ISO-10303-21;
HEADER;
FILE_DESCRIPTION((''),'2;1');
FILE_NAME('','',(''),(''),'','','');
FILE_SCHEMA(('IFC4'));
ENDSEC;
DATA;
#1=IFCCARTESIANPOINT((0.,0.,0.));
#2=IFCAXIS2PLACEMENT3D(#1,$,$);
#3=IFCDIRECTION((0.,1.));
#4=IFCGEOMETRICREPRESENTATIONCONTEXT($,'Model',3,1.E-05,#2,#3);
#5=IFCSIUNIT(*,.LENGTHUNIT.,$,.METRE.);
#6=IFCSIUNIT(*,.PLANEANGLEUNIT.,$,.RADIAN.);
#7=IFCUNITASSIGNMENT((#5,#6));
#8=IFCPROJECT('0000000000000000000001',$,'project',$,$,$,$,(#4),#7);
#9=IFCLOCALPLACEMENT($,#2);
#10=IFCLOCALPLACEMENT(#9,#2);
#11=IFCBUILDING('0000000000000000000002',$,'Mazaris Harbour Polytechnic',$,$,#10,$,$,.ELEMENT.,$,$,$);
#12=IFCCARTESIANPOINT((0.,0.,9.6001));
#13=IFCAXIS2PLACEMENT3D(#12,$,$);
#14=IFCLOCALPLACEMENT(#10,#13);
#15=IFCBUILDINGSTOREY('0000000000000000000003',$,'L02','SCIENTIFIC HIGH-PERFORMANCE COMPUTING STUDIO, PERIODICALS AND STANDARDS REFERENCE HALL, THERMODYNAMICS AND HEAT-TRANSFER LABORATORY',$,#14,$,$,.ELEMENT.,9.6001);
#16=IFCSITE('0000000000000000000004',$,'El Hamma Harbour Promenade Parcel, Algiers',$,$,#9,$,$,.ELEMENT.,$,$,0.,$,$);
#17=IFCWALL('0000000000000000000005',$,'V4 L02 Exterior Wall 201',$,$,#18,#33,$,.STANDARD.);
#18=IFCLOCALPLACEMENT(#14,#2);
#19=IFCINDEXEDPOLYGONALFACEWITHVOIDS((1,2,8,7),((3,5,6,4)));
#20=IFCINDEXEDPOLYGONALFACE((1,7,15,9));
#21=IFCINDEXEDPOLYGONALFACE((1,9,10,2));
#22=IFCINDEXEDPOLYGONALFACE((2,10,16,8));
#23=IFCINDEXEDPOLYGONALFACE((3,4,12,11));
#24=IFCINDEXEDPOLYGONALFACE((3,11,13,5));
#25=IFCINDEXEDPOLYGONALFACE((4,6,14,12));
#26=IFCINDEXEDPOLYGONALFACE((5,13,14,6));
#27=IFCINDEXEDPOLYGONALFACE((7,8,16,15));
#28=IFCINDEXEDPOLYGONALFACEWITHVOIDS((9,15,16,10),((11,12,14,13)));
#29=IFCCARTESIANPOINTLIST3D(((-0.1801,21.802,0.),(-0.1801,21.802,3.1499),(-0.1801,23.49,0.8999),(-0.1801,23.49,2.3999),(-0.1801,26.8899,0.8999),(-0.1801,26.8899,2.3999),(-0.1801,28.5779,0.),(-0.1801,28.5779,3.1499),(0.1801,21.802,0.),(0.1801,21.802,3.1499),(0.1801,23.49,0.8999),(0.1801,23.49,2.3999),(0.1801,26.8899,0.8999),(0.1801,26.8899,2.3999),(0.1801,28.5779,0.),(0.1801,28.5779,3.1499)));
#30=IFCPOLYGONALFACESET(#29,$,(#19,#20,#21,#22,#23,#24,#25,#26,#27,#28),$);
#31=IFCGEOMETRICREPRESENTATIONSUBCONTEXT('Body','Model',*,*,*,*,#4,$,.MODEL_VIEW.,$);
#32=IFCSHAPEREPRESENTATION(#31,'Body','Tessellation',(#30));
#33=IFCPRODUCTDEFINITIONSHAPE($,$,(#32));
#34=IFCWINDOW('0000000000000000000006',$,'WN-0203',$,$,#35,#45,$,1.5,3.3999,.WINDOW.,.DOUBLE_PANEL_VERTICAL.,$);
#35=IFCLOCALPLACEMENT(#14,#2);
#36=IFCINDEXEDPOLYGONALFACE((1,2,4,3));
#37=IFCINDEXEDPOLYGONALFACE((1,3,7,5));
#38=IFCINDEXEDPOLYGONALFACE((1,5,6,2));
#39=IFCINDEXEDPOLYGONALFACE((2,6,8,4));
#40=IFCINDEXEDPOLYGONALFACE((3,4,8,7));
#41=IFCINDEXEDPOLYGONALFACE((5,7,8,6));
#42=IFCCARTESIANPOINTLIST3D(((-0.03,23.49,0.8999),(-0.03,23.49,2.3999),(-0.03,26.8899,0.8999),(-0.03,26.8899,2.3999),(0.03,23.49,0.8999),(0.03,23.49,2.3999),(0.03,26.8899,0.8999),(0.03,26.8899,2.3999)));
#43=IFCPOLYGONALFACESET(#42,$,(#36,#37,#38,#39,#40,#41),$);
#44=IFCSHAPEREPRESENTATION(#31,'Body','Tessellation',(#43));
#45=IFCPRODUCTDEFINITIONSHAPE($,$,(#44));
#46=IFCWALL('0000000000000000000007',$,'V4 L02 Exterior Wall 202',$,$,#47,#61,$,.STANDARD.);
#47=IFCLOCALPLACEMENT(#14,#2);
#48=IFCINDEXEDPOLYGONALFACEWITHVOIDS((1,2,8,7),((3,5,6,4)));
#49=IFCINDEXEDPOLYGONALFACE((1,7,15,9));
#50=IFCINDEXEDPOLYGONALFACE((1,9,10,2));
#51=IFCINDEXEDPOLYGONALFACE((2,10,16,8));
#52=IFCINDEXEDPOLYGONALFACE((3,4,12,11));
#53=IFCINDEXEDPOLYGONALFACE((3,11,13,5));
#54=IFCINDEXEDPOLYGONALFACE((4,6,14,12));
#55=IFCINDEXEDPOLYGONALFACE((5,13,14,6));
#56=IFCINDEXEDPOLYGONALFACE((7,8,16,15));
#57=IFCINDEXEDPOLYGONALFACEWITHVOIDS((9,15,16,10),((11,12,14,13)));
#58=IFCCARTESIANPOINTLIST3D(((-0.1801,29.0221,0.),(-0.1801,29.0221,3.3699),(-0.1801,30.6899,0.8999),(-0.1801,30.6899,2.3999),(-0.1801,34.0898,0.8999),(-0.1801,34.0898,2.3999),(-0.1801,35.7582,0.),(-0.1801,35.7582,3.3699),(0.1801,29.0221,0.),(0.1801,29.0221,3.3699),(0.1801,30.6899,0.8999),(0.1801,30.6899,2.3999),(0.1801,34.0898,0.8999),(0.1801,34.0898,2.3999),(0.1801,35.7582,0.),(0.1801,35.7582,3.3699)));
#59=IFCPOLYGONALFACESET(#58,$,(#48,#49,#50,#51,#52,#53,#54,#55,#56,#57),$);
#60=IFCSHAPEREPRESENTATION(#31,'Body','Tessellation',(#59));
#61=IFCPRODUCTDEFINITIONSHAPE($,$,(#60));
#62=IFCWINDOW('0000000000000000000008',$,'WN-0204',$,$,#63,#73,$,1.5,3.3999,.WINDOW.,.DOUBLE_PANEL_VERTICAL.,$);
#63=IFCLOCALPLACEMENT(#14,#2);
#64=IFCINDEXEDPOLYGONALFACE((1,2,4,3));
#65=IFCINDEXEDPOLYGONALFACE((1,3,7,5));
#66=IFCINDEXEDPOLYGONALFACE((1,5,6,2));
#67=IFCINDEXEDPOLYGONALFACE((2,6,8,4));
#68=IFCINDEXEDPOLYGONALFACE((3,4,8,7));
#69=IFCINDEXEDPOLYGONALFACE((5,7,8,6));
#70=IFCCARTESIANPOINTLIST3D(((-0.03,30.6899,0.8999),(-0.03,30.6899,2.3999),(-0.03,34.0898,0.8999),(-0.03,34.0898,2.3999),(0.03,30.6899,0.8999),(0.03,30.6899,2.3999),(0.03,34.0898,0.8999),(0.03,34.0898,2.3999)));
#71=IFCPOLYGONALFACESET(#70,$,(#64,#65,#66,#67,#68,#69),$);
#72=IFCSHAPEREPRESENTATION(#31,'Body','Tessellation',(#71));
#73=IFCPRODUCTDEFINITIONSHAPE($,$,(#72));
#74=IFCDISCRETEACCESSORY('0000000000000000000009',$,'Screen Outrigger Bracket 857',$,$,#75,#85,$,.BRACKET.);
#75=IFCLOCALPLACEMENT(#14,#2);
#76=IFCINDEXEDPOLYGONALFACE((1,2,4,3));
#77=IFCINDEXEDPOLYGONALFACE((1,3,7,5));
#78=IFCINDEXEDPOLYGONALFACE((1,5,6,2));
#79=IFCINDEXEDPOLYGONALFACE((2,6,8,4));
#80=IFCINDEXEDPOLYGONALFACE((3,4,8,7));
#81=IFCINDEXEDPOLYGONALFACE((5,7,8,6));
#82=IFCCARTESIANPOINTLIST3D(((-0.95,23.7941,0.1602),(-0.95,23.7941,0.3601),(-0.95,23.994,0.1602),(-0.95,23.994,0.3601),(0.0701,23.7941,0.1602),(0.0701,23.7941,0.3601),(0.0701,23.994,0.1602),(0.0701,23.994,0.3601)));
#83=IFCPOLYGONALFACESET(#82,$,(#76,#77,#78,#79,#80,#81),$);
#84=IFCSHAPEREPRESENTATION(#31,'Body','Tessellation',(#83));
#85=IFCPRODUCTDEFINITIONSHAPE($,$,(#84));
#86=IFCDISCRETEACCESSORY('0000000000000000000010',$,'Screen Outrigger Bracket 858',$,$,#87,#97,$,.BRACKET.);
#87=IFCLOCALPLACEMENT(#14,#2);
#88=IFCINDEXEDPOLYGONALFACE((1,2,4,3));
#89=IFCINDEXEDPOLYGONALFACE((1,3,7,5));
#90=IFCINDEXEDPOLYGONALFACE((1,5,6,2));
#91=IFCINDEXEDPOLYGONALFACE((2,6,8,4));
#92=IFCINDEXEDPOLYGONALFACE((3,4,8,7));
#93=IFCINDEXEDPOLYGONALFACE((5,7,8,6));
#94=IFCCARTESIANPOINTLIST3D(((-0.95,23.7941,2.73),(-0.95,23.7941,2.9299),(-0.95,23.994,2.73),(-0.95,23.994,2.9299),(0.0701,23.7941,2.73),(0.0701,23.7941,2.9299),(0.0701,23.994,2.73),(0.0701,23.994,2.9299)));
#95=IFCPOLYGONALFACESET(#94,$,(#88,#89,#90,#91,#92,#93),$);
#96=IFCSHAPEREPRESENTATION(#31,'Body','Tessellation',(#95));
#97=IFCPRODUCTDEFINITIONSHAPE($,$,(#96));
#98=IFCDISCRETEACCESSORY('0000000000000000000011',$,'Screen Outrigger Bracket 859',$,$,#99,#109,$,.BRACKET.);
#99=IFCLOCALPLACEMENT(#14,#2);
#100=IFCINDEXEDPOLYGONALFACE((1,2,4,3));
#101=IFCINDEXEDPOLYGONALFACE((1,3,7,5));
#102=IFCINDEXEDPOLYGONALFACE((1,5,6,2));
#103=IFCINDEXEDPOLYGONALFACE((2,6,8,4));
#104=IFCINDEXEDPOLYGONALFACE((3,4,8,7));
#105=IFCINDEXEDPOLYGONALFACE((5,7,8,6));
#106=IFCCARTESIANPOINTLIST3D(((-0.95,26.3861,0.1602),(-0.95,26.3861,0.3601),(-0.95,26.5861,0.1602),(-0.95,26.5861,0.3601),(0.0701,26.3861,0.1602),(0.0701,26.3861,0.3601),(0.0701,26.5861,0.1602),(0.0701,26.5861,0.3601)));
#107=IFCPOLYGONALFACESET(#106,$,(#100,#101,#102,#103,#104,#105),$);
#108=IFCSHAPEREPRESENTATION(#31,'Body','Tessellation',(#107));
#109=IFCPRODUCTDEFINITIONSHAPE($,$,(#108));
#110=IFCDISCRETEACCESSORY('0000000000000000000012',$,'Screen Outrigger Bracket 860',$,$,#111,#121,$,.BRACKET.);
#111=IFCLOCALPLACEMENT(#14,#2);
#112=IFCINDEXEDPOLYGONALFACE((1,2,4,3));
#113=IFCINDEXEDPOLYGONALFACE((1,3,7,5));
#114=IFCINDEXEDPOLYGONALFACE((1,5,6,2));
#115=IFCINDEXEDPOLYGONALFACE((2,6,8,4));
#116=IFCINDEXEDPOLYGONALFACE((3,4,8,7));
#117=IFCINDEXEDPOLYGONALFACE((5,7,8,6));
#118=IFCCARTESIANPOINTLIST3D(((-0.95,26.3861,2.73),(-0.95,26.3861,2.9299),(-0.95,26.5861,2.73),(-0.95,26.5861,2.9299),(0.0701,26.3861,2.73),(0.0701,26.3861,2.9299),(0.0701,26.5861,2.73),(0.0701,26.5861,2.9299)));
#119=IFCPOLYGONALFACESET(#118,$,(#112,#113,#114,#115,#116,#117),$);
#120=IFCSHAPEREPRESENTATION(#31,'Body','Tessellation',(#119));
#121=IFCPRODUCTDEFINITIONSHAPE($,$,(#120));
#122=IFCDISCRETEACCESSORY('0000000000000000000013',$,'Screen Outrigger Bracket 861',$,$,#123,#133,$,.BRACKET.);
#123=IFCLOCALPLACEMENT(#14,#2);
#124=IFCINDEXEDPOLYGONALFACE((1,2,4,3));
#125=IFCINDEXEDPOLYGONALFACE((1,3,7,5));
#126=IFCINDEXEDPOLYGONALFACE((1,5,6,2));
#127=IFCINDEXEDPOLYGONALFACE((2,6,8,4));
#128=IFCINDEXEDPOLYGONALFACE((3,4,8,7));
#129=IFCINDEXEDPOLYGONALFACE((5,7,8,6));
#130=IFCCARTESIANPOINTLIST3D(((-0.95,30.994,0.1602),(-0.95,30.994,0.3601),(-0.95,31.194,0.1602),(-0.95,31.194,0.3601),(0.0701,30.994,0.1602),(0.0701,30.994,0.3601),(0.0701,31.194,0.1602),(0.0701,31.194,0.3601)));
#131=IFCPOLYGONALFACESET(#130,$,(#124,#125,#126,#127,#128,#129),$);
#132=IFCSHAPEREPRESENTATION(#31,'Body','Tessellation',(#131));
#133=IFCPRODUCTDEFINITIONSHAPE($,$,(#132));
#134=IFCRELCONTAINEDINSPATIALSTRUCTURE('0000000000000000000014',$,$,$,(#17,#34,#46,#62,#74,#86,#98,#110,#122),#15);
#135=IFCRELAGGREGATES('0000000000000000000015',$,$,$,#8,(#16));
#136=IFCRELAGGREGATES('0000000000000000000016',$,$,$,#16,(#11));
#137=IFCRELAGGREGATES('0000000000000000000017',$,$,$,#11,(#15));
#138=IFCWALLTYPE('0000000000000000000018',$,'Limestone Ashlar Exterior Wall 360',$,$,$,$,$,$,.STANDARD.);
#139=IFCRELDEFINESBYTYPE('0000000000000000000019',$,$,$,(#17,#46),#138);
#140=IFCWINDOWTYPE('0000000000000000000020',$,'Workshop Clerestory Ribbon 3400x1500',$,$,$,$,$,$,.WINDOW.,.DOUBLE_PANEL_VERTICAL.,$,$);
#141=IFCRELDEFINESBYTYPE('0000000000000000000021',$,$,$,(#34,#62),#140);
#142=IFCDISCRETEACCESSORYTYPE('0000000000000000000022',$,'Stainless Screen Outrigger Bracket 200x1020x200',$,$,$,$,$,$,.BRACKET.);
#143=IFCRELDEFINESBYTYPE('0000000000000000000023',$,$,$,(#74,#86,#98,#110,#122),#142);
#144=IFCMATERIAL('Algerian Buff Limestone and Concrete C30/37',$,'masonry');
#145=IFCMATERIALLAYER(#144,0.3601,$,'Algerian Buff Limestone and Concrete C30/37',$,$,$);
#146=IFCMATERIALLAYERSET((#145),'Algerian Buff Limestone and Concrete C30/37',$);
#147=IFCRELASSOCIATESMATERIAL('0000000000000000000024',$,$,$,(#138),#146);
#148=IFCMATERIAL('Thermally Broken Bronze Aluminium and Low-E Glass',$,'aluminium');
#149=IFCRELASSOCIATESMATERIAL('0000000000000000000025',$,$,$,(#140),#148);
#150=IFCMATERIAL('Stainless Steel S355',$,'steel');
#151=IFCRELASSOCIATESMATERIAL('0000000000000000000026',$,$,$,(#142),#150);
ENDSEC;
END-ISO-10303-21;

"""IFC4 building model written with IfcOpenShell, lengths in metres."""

from ifc_helpers import new_model, si_unit, direction, frame, frame_2d, origin, origin_2d, place, context, subcontext, project, spatial, rectangle, extrude, material, layer, layer_set, type_object, element, fill, save


model = new_model("IFC4")

# Units and contexts
model_context = context("Model", 3, precision=1e-05, world=origin(), true_north=direction((0.0, 1.0)))
body_context = subcontext(model_context, "Body", "Model", "MODEL_VIEW")
ifc_project = project(units=[si_unit("LENGTHUNIT", "METRE"), si_unit("PLANEANGLEUNIT", "RADIAN")], contexts=[model_context])

# Site, building, storey
site_placement = place(None, origin())
site = spatial("IfcSite", under=ifc_project, at=site_placement, Name="El Hamma Harbour Promenade Parcel, Algiers", CompositionType="ELEMENT", RefElevation=0.0)
building_placement = place(site_placement, origin())
building = spatial("IfcBuilding", under=site, at=building_placement, Name="Mazaris Harbour Polytechnic", CompositionType="ELEMENT")
storey_placement = place(building_placement, frame((0.0, 0.0, 9.6001)))
storey = spatial("IfcBuildingStorey", under=building, at=storey_placement, Name="L02", Description="SCIENTIFIC HIGH-PERFORMANCE COMPUTING STUDIO, PERIODICALS AND STANDARDS REFERENCE HALL, THERMODYNAMICS AND HEAT-TRANSFER LABORATORY", CompositionType="ELEMENT", Elevation=9.6001)

# Walls, openings, windows
ifc_material_1 = material(Name="Algerian Buff Limestone and Concrete C30/37", Category="masonry")
ifc_layer_1 = layer(ifc_material_1, 0.3601, Name="Algerian Buff Limestone and Concrete C30/37")
ifc_layer_set_1 = layer_set([ifc_layer_1], Name="Algerian Buff Limestone and Concrete C30/37")
wall_type_1 = type_object("IfcWallType", Name="Limestone Ashlar Exterior Wall 360", PredefinedType="STANDARD", material=ifc_layer_set_1)
wall_1_placement = place(storey_placement, frame((0.0, 21.802, 0.0), z_axis=(0.0, 0.0, 1.0), x_axis=(0.0, 1.0, 0.0)))
wall_1 = element("IfcWall", 1, at=wall_1_placement, inside=storey, type_object=wall_type_1, Name="V4 L02 Exterior Wall 201", PredefinedType="STANDARD", context=body_context, shape_type="SweptSolid", body=[
    extrude(rectangle(XDim=6.7759, YDim=0.3601, at=frame_2d((3.3879, 0.0))), origin(), (0.0, 0.0, 1.0), 3.1499),
])
opening_1_placement = place(wall_1_placement, frame((1.688, 0.0, 0.8999)))
opening_1 = element("IfcOpeningElement", 2, at=opening_1_placement, cuts=wall_1, PredefinedType="OPENING", context=body_context, shape_type="SweptSolid", body=[
    extrude(rectangle(XDim=3.3999, YDim=1.5, at=frame_2d((1.7, 0.75))), frame((0.0, 0.1899, 0.0), z_axis=(0.0, -1.0, 0.0), x_axis=(1.0, 0.0, 0.0)), (0.0, 0.0, 1.0), 0.3801),
])
ifc_material_2 = material(Name="Thermally Broken Bronze Aluminium and Low-E Glass", Category="aluminium")
window_type = type_object("IfcWindowType", Name="Workshop Clerestory Ribbon 3400x1500", PartitioningType="DOUBLE_PANEL_VERTICAL", PredefinedType="WINDOW", material=ifc_material_2)
window_1_placement = place(opening_1_placement, origin())
window_1 = element("IfcWindow", 3, at=window_1_placement, inside=storey, type_object=window_type, Name="WN-0203", OverallHeight=1.5, OverallWidth=3.3999, PartitioningType="DOUBLE_PANEL_VERTICAL", PredefinedType="WINDOW", context=body_context, shape_type="SweptSolid", body=[
    extrude(rectangle(XDim=3.3999, YDim=1.5, at=frame_2d((1.7, 0.75))), frame((0.0, 0.03, 0.0), z_axis=(0.0, -1.0, 0.0), x_axis=(1.0, 0.0, 0.0)), (0.0, 0.0, 1.0), 0.0601),
])
fill(opening_1, window_1)
wall_2_placement = place(storey_placement, frame((0.0, 29.022, 0.0), z_axis=(0.0, 0.0, 1.0), x_axis=(0.0, 1.0, 0.0)))
wall_2 = element("IfcWall", 4, at=wall_2_placement, inside=storey, type_object=wall_type_1, Name="V4 L02 Exterior Wall 202", PredefinedType="STANDARD", context=body_context, shape_type="SweptSolid", body=[
    extrude(rectangle(XDim=6.7361, YDim=0.3601, at=frame_2d((3.3682, 0.0))), origin(), (0.0, 0.0, 1.0), 3.3699),
])
opening_2_placement = place(wall_2_placement, frame((1.668, 0.0, 0.8999)))
opening_2 = element("IfcOpeningElement", 5, at=opening_2_placement, cuts=wall_2, PredefinedType="OPENING", context=body_context, shape_type="SweptSolid", body=[
    extrude(rectangle(XDim=3.3999, YDim=1.5, at=frame_2d((1.7, 0.75))), frame((0.0, 0.1899, 0.0), z_axis=(0.0, -1.0, 0.0), x_axis=(1.0, 0.0, 0.0)), (0.0, 0.0, 1.0), 0.3801),
])
window_2_placement = place(opening_2_placement, origin())
window_2 = element("IfcWindow", 6, at=window_2_placement, inside=storey, type_object=window_type, Name="WN-0204", OverallHeight=1.5, OverallWidth=3.3999, PartitioningType="DOUBLE_PANEL_VERTICAL", PredefinedType="WINDOW", context=body_context, shape_type="SweptSolid", body=[
    extrude(rectangle(XDim=3.3999, YDim=1.5, at=frame_2d((1.7, 0.75))), frame((0.0, 0.03, 0.0), z_axis=(0.0, -1.0, 0.0), x_axis=(1.0, 0.0, 0.0)), (0.0, 0.0, 1.0), 0.0601),
])
fill(opening_2, window_2)

# Discrete accessories
ifc_material_3 = material(Name="Stainless Steel S355", Category="steel")
discrete_accessory_type = type_object("IfcDiscreteAccessoryType", Name="Stainless Screen Outrigger Bracket 200x1020x200", PredefinedType="BRACKET", material=ifc_material_3)
for number, where, z_axis, x_axis, name in (
    (7, (-0.4399, 23.894, 0.1602), (0.0, 0.0, 1.0), (0.0, 1.0, 0.0), "Screen Outrigger Bracket 857"),
    (8, (-0.4399, 23.894, 2.73), (0.0, 0.0, 1.0), (0.0, 1.0, 0.0), "Screen Outrigger Bracket 858"),
    (9, (-0.4399, 26.4861, 0.1602), (0.0, 0.0, 1.0), (0.0, 1.0, 0.0), "Screen Outrigger Bracket 859"),
    (10, (-0.4399, 26.4861, 2.73), (0.0, 0.0, 1.0), (0.0, 1.0, 0.0), "Screen Outrigger Bracket 860"),
    (11, (-0.4399, 31.094, 0.1602), (0.0, 0.0, 1.0), (0.0, 1.0, 0.0), "Screen Outrigger Bracket 861"),
):
    element("IfcDiscreteAccessory", number, at=place(storey_placement, frame(where, z_axis=z_axis, x_axis=x_axis)), inside=storey, type_object=discrete_accessory_type, Name=name, PredefinedType="BRACKET", context=body_context, shape_type="SweptSolid", body=[
        extrude(rectangle(XDim=0.2, YDim=1.02, at=origin_2d()), origin(), (0.0, 0.0, 1.0), 0.2),
    ])

save(model, "model.ifc")
